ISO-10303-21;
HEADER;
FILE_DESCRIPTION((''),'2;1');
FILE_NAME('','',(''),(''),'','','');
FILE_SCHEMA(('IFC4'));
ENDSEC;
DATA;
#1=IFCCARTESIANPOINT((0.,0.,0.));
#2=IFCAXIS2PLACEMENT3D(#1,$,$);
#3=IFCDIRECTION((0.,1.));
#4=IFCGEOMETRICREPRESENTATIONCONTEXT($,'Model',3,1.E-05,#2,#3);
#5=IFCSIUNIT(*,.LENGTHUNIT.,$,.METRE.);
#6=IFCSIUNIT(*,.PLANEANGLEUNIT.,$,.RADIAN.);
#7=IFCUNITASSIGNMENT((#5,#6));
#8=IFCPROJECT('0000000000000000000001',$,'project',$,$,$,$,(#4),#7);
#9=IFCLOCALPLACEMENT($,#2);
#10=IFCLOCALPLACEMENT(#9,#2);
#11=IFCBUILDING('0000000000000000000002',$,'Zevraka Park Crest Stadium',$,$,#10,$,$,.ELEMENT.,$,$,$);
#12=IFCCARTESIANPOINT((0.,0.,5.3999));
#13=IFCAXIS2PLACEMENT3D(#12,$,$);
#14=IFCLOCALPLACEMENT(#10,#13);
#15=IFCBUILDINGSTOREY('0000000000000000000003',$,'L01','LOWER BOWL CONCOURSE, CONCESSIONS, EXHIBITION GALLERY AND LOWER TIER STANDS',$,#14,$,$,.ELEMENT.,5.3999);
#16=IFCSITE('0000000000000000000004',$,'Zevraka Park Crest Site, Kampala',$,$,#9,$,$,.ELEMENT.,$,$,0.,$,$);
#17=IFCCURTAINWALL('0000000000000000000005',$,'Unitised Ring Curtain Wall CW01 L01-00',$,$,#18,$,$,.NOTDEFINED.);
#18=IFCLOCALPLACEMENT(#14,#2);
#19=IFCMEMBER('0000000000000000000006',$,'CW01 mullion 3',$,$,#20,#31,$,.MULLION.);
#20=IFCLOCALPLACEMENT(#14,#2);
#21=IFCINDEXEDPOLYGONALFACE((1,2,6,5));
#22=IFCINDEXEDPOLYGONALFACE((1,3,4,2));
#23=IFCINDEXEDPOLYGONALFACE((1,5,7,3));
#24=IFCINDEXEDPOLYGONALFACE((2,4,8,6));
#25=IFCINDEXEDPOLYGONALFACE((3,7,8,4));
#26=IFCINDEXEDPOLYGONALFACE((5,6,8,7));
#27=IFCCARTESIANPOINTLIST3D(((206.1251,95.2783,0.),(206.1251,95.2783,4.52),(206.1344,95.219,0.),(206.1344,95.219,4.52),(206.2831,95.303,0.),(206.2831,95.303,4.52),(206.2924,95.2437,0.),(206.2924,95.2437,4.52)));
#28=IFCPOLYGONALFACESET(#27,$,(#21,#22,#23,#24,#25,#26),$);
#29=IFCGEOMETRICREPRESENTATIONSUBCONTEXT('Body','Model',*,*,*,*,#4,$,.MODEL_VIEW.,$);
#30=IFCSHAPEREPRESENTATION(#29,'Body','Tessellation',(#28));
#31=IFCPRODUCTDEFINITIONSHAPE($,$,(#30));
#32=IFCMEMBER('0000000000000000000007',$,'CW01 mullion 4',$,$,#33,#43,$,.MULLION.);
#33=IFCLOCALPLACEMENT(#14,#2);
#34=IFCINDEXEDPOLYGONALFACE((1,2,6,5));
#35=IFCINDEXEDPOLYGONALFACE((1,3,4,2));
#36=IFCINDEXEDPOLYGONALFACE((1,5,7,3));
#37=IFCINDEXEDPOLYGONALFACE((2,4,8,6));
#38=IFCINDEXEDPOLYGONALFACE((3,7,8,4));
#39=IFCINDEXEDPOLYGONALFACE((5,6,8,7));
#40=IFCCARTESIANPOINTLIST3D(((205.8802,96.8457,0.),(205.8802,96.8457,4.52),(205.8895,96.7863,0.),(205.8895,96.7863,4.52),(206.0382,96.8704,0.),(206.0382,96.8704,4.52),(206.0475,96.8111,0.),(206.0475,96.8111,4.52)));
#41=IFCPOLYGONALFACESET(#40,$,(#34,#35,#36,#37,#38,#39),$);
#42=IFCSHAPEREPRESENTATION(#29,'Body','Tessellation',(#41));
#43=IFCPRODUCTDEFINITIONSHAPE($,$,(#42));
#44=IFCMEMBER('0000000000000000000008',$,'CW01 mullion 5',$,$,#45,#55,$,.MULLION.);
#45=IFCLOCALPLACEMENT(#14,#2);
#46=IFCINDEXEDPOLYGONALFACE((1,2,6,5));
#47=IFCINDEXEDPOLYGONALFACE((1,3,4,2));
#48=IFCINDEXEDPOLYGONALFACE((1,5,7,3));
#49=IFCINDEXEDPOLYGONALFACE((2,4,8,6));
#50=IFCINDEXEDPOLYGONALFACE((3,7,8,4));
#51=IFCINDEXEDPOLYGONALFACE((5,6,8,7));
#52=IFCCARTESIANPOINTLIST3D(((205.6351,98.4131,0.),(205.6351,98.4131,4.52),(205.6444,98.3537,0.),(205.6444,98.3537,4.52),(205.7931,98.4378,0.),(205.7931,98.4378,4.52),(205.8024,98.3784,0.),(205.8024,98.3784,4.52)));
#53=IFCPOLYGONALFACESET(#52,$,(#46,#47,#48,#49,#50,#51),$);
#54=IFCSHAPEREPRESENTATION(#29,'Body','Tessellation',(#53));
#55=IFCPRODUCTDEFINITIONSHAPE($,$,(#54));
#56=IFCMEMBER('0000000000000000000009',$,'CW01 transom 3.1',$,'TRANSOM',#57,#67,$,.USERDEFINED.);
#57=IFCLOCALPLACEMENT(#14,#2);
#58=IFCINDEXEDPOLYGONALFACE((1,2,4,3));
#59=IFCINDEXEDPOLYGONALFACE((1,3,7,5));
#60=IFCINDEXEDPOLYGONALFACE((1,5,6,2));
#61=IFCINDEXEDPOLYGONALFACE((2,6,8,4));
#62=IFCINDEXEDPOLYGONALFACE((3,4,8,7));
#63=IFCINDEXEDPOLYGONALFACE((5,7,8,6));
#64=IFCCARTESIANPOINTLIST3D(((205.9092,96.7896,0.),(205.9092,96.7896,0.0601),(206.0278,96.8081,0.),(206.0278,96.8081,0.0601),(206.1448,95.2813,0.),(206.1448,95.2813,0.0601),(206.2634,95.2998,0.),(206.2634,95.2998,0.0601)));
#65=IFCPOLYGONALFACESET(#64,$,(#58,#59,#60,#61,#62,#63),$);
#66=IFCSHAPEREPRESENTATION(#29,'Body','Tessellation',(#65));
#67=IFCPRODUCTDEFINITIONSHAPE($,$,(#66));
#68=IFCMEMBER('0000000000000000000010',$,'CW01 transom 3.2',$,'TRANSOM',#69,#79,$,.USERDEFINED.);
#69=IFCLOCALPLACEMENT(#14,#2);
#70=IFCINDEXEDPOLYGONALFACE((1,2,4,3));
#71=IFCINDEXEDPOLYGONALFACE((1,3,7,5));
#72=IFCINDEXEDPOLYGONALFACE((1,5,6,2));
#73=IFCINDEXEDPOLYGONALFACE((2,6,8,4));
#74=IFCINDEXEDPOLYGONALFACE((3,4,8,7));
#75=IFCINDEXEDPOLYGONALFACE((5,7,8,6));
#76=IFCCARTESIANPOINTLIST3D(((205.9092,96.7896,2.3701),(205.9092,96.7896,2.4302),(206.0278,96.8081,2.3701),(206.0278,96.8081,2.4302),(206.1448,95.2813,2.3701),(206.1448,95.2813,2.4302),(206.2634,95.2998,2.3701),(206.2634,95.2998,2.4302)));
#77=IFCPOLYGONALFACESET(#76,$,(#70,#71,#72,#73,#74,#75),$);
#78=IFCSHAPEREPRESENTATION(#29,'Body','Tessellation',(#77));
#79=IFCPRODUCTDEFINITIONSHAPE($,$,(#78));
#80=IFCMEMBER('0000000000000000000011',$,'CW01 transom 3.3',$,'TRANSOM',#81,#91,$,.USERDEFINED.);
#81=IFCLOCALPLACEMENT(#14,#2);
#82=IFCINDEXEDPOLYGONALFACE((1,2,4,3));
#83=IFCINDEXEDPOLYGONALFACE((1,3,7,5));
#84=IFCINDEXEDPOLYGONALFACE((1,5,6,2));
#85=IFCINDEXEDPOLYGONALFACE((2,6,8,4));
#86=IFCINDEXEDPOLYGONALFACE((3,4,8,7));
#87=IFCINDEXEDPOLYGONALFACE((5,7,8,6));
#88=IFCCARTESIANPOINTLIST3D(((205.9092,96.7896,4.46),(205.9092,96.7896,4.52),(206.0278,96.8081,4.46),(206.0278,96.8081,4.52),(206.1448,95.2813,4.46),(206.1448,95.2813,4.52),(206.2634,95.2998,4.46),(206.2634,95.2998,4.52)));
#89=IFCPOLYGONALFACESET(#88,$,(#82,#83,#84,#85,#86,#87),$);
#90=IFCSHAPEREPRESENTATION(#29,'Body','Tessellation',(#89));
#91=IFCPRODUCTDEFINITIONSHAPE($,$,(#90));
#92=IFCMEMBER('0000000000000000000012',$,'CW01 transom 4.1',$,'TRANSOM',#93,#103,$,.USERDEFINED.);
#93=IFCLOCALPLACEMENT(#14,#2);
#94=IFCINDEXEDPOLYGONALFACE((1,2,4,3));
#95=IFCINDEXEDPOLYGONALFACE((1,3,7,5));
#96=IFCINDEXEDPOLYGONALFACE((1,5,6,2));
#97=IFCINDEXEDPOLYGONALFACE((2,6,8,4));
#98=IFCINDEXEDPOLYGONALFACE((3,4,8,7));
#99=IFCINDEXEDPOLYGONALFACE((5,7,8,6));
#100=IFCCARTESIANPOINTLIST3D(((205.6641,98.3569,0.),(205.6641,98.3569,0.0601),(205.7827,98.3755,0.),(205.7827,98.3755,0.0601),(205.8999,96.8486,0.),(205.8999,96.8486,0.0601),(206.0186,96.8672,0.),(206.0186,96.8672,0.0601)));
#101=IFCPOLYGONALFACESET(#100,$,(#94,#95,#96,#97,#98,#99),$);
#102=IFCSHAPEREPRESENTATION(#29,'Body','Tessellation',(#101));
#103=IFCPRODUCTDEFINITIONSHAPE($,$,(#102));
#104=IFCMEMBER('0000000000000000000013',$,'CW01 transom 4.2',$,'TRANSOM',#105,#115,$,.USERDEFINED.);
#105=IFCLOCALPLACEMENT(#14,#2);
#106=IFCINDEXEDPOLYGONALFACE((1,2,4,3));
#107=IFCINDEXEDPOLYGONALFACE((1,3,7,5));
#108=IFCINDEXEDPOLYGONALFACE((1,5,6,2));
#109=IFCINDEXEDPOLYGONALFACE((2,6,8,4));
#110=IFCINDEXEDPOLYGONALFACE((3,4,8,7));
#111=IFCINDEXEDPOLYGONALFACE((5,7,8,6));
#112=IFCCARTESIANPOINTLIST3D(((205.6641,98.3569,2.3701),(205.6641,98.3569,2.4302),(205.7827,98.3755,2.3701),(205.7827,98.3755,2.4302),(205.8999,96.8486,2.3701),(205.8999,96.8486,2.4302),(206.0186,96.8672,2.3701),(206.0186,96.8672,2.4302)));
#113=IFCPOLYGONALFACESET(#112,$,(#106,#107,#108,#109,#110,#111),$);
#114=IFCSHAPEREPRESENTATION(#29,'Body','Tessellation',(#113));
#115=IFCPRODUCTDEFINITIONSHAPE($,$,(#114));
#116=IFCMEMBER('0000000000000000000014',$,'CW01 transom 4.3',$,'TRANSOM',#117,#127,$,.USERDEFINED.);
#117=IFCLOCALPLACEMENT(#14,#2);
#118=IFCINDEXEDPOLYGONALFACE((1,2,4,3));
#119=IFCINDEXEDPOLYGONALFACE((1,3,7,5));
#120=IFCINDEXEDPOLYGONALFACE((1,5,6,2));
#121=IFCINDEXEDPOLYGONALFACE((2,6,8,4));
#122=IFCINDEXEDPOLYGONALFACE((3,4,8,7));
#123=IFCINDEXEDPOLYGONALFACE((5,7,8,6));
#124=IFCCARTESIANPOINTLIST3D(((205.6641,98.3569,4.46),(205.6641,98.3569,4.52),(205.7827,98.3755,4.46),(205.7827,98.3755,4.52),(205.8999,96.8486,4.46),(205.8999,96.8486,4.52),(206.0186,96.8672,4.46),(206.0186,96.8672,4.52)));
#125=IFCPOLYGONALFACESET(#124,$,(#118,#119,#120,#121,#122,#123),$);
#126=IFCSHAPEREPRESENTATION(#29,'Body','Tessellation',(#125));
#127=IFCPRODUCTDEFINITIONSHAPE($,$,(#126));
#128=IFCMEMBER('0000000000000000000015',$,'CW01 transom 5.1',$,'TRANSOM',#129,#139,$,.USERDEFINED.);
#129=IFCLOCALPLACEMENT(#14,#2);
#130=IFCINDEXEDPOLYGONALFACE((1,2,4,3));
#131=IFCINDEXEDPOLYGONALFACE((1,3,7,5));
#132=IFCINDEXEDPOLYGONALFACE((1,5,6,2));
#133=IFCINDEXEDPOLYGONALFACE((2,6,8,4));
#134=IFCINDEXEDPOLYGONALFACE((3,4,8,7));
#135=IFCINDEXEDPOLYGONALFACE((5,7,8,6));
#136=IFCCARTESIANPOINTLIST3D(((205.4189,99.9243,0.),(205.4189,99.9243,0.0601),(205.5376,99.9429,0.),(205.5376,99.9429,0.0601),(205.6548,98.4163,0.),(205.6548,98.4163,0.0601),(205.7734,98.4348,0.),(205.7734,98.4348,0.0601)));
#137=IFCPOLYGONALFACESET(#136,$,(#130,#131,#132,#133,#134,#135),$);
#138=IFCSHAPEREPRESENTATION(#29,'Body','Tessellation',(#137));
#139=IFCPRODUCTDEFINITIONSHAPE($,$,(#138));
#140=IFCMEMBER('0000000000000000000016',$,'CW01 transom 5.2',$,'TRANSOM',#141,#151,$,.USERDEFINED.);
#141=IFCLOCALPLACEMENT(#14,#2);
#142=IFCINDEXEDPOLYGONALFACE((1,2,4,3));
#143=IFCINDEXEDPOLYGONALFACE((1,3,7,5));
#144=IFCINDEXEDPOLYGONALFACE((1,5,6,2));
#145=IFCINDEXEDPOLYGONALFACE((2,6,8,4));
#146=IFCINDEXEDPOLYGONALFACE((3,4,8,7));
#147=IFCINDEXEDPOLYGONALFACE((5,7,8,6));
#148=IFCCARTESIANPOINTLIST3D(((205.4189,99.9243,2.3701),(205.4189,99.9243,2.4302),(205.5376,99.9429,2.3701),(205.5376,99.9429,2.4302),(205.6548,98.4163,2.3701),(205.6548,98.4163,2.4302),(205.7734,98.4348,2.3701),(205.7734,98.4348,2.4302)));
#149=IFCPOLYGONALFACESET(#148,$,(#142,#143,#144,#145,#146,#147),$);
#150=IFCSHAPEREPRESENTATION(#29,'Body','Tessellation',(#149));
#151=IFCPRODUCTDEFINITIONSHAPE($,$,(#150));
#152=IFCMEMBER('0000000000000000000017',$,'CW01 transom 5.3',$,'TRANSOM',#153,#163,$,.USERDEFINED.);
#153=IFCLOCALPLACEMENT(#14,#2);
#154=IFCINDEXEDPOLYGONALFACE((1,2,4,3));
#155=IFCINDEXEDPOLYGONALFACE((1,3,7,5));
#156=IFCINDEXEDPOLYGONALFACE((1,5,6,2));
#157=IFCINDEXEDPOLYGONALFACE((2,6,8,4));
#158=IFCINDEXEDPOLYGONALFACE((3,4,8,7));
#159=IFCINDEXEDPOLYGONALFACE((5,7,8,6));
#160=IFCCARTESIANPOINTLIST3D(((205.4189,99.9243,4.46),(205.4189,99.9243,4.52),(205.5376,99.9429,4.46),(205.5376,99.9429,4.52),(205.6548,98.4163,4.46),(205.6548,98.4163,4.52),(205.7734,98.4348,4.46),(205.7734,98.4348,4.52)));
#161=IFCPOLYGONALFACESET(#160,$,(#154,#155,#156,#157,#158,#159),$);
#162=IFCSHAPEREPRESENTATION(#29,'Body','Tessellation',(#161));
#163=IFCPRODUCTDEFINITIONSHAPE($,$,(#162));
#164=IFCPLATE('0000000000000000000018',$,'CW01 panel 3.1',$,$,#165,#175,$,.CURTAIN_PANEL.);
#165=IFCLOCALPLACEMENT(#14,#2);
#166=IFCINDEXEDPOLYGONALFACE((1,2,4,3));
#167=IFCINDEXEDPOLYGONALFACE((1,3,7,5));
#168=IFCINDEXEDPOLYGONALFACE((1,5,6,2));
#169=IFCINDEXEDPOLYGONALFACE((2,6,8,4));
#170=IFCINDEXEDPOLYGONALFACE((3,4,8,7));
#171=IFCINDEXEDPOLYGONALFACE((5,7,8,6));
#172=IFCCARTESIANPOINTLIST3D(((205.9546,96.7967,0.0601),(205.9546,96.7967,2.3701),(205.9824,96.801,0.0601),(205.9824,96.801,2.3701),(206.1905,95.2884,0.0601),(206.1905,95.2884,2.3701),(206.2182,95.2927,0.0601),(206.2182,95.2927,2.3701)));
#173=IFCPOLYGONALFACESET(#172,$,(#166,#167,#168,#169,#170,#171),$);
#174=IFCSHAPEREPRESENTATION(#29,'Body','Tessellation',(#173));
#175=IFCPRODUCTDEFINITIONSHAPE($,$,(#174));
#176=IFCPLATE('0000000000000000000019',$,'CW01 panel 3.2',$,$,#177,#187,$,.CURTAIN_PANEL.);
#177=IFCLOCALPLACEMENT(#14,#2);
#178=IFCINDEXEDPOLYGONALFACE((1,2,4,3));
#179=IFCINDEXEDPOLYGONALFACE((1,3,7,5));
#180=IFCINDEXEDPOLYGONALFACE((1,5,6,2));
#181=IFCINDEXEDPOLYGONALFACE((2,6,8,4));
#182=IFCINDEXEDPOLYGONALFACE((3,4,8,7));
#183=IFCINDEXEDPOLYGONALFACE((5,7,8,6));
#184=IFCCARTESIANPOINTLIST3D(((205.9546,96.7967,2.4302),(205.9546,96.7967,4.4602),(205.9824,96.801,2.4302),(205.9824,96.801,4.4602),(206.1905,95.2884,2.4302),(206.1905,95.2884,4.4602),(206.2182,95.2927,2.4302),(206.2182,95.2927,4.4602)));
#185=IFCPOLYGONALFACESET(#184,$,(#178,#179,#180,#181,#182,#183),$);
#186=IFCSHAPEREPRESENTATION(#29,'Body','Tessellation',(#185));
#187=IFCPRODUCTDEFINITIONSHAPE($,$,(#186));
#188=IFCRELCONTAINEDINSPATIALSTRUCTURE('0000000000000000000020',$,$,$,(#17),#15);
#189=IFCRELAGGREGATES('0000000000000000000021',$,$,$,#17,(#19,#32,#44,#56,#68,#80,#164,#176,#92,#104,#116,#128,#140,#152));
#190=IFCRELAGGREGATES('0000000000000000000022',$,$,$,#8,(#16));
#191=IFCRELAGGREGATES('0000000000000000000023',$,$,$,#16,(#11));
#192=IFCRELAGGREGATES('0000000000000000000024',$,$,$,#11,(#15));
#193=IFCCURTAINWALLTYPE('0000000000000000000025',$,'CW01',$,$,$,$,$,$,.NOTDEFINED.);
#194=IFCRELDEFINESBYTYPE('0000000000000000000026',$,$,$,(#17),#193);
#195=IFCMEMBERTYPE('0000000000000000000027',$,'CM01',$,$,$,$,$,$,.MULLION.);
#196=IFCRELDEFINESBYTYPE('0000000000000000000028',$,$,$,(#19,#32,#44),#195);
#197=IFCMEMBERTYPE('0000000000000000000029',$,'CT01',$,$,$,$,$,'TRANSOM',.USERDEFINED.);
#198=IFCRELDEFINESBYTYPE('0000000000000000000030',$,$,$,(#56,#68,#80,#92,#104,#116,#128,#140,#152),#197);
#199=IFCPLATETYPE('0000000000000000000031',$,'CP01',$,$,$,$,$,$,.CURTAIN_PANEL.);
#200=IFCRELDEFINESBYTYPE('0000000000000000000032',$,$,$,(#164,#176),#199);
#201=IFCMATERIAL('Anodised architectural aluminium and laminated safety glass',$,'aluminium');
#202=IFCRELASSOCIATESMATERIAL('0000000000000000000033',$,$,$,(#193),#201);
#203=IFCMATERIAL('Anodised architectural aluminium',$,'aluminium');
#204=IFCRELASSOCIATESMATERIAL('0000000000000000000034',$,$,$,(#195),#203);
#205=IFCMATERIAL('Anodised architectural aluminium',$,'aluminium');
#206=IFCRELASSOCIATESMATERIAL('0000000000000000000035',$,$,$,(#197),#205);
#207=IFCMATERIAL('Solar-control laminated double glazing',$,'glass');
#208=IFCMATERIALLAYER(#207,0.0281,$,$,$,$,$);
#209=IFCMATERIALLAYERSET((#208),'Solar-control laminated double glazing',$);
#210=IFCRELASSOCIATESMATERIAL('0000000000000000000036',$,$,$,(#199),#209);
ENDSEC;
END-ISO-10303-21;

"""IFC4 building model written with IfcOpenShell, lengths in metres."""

from ifc_helpers import new_model, si_unit, direction, frame, origin, origin_2d, place, context, subcontext, project, spatial, rectangle, extrude, material, layer, layer_set, material_profile, profile_set, type_object, element, aggregate, save


model = new_model("IFC4")

# Units and contexts
model_context = context("Model", 3, precision=1e-05, world=origin(), true_north=direction((0.0, 1.0)))
body_context = subcontext(model_context, "Body", "Model", "MODEL_VIEW")
ifc_project = project(units=[si_unit("LENGTHUNIT", "METRE"), si_unit("PLANEANGLEUNIT", "RADIAN")], contexts=[model_context])

# Site, building, storey
site_placement = place(None, origin())
site = spatial("IfcSite", under=ifc_project, at=site_placement, Name="Zevraka Park Crest Site, Kampala", CompositionType="ELEMENT", RefElevation=0.0)
building_placement = place(site_placement, origin())
building = spatial("IfcBuilding", under=site, at=building_placement, Name="Zevraka Park Crest Stadium", CompositionType="ELEMENT")
storey_placement = place(building_placement, frame((0.0, 0.0, 5.3999)))
storey = spatial("IfcBuildingStorey", under=building, at=storey_placement, Name="L01", Description="LOWER BOWL CONCOURSE, CONCESSIONS, EXHIBITION GALLERY AND LOWER TIER STANDS", CompositionType="ELEMENT", Elevation=5.3999)

# Curtain wall, members, plates
ifc_material_1 = material(Name="Anodised architectural aluminium and laminated safety glass", Category="aluminium")
curtain_wall_type = type_object("IfcCurtainWallType", Name="CW01", PredefinedType="NOTDEFINED", material=ifc_material_1)
curtain_wall_placement = place(storey_placement, origin())
curtain_wall = element("IfcCurtainWall", 1, at=curtain_wall_placement, inside=storey, type_object=curtain_wall_type, Name="Unitised Ring Curtain Wall CW01 L01-00", PredefinedType="NOTDEFINED")
ifc_material_2 = material(Name="Anodised architectural aluminium", Category="aluminium")
ifc_material_profile_1 = material_profile(ifc_material_2, rectangle(XDim=0.1599, YDim=0.0601, at=origin_2d()), Name="ALU MULLION 160x60")
ifc_profile_set_1 = profile_set([ifc_material_profile_1], Name="Anodised architectural aluminium")
member_type_1 = type_object("IfcMemberType", Name="CM01", PredefinedType="MULLION", material=ifc_profile_set_1)
member_1_placement = place(storey_placement, frame((206.2087, 95.261, 0.0), z_axis=(0.0, 0.0, 1.0), x_axis=(-0.987997, -0.154476, 0.0)))
member_1 = element("IfcMember", 2, at=member_1_placement, type_object=member_type_1, Name="CW01 mullion 3", PredefinedType="MULLION", context=body_context, shape_type="SweptSolid", body=[
    extrude(rectangle(XDim=0.1599, YDim=0.0601, at=origin_2d()), origin(), (0.0, 0.0, 1.0), 4.52),
])
member_2_placement = place(storey_placement, frame((205.9639, 96.8284, 0.0), z_axis=(0.0, 0.0, 1.0), x_axis=(-0.987997, -0.154476, 0.0)))
member_2 = element("IfcMember", 3, at=member_2_placement, type_object=member_type_1, Name="CW01 mullion 4", PredefinedType="MULLION", context=body_context, shape_type="SweptSolid", body=[
    extrude(rectangle(XDim=0.1599, YDim=0.0601, at=origin_2d()), origin(), (0.0, 0.0, 1.0), 4.52),
])
member_3_placement = place(storey_placement, frame((205.7188, 98.3958, 0.0), z_axis=(0.0, 0.0, 1.0), x_axis=(-0.987997, -0.154476, 0.0)))
member_3 = element("IfcMember", 4, at=member_3_placement, type_object=member_type_1, Name="CW01 mullion 5", PredefinedType="MULLION", context=body_context, shape_type="SweptSolid", body=[
    extrude(rectangle(XDim=0.1599, YDim=0.0601, at=origin_2d()), origin(), (0.0, 0.0, 1.0), 4.52),
])
ifc_material_3 = material(Name="Anodised architectural aluminium", Category="aluminium")
ifc_material_profile_2 = material_profile(ifc_material_3, rectangle(XDim=0.1201, YDim=0.0601, at=origin_2d()), Name="ALU TRANSOM 120x60")
ifc_profile_set_2 = profile_set([ifc_material_profile_2], Name="Anodised architectural aluminium")
member_type_2 = type_object("IfcMemberType", Name="CT01", ElementType="TRANSOM", PredefinedType="USERDEFINED", material=ifc_profile_set_2)
member_4_placement = place(storey_placement, frame((206.2041, 95.2905, 0.03), z_axis=(-0.154328, 0.98802, 0.0), x_axis=(-0.98802, -0.154328, 0.0)))
member_4 = element("IfcMember", 5, at=member_4_placement, type_object=member_type_2, Name="CW01 transom 3.1", ObjectType="TRANSOM", PredefinedType="USERDEFINED", context=body_context, shape_type="SweptSolid", body=[
    extrude(rectangle(XDim=0.1201, YDim=0.0601, at=origin_2d()), origin(), (0.0, 0.0, 1.0), 1.5266),
])
member_5_placement = place(storey_placement, frame((206.2041, 95.2905, 2.4001), z_axis=(-0.154328, 0.98802, 0.0), x_axis=(-0.98802, -0.154328, 0.0)))
member_5 = element("IfcMember", 6, at=member_5_placement, type_object=member_type_2, Name="CW01 transom 3.2", ObjectType="TRANSOM", PredefinedType="USERDEFINED", context=body_context, shape_type="SweptSolid", body=[
    extrude(rectangle(XDim=0.1201, YDim=0.0601, at=origin_2d()), origin(), (0.0, 0.0, 1.0), 1.5266),
])
member_6_placement = place(storey_placement, frame((206.2041, 95.2905, 4.49), z_axis=(-0.154328, 0.98802, 0.0), x_axis=(-0.98802, -0.154328, 0.0)))
member_6 = element("IfcMember", 7, at=member_6_placement, type_object=member_type_2, Name="CW01 transom 3.3", ObjectType="TRANSOM", PredefinedType="USERDEFINED", context=body_context, shape_type="SweptSolid", body=[
    extrude(rectangle(XDim=0.1201, YDim=0.0601, at=origin_2d()), origin(), (0.0, 0.0, 1.0), 1.5266),
])
member_7_placement = place(storey_placement, frame((205.9592, 96.8579, 0.03), z_axis=(-0.154484, 0.987995, 0.0), x_axis=(-0.987995, -0.154484, 0.0)))
member_7 = element("IfcMember", 8, at=member_7_placement, type_object=member_type_2, Name="CW01 transom 4.1", ObjectType="TRANSOM", PredefinedType="USERDEFINED", context=body_context, shape_type="SweptSolid", body=[
    extrude(rectangle(XDim=0.1201, YDim=0.0601, at=origin_2d()), origin(), (0.0, 0.0, 1.0), 1.5266),
])
member_8_placement = place(storey_placement, frame((205.9592, 96.8579, 2.4001), z_axis=(-0.154484, 0.987995, 0.0), x_axis=(-0.987995, -0.154484, 0.0)))
member_8 = element("IfcMember", 9, at=member_8_placement, type_object=member_type_2, Name="CW01 transom 4.2", ObjectType="TRANSOM", PredefinedType="USERDEFINED", context=body_context, shape_type="SweptSolid", body=[
    extrude(rectangle(XDim=0.1201, YDim=0.0601, at=origin_2d()), origin(), (0.0, 0.0, 1.0), 1.5266),
])
member_9_placement = place(storey_placement, frame((205.9592, 96.8579, 4.49), z_axis=(-0.154484, 0.987995, 0.0), x_axis=(-0.987995, -0.154484, 0.0)))
member_9 = element("IfcMember", 10, at=member_9_placement, type_object=member_type_2, Name="CW01 transom 4.3", ObjectType="TRANSOM", PredefinedType="USERDEFINED", context=body_context, shape_type="SweptSolid", body=[
    extrude(rectangle(XDim=0.1201, YDim=0.0601, at=origin_2d()), origin(), (0.0, 0.0, 1.0), 1.5266),
])
member_10_placement = place(storey_placement, frame((205.7141, 98.4255, 0.03), z_axis=(-0.154509, 0.987991, 0.0), x_axis=(-0.987991, -0.154509, 0.0)))
member_10 = element("IfcMember", 11, at=member_10_placement, type_object=member_type_2, Name="CW01 transom 5.1", ObjectType="TRANSOM", PredefinedType="USERDEFINED", context=body_context, shape_type="SweptSolid", body=[
    extrude(rectangle(XDim=0.1201, YDim=0.0601, at=origin_2d()), origin(), (0.0, 0.0, 1.0), 1.5264),
])
member_11_placement = place(storey_placement, frame((205.7141, 98.4255, 2.4001), z_axis=(-0.154509, 0.987991, 0.0), x_axis=(-0.987991, -0.154509, 0.0)))
member_11 = element("IfcMember", 12, at=member_11_placement, type_object=member_type_2, Name="CW01 transom 5.2", ObjectType="TRANSOM", PredefinedType="USERDEFINED", context=body_context, shape_type="SweptSolid", body=[
    extrude(rectangle(XDim=0.1201, YDim=0.0601, at=origin_2d()), origin(), (0.0, 0.0, 1.0), 1.5264),
])
member_12_placement = place(storey_placement, frame((205.7141, 98.4255, 4.49), z_axis=(-0.154509, 0.987991, 0.0), x_axis=(-0.987991, -0.154509, 0.0)))
member_12 = element("IfcMember", 13, at=member_12_placement, type_object=member_type_2, Name="CW01 transom 5.3", ObjectType="TRANSOM", PredefinedType="USERDEFINED", context=body_context, shape_type="SweptSolid", body=[
    extrude(rectangle(XDim=0.1201, YDim=0.0601, at=origin_2d()), origin(), (0.0, 0.0, 1.0), 1.5264),
])
ifc_material_4 = material(Name="Solar-control laminated double glazing", Category="glass")
ifc_layer_1 = layer(ifc_material_4, 0.0281)
ifc_layer_set_1 = layer_set([ifc_layer_1], Name="Solar-control laminated double glazing")
plate_type = type_object("IfcPlateType", Name="CP01", PredefinedType="CURTAIN_PANEL", material=ifc_layer_set_1)
plate_1_placement = place(storey_placement, frame((206.0864, 96.0447, 0.0601), z_axis=(0.0, 0.0, 1.0), x_axis=(-0.154476, 0.987997, 0.0)))
plate_1 = element("IfcPlate", 14, at=plate_1_placement, type_object=plate_type, Name="CW01 panel 3.1", PredefinedType="CURTAIN_PANEL", context=body_context, shape_type="SweptSolid", body=[
    extrude(rectangle(XDim=1.5266, YDim=0.0281, at=origin_2d()), origin(), (0.0, 0.0, 1.0), 2.3101),
])
plate_2_placement = place(storey_placement, frame((206.0864, 96.0447, 2.4302), z_axis=(0.0, 0.0, 1.0), x_axis=(-0.154476, 0.987997, 0.0)))
plate_2 = element("IfcPlate", 15, at=plate_2_placement, type_object=plate_type, Name="CW01 panel 3.2", PredefinedType="CURTAIN_PANEL", context=body_context, shape_type="SweptSolid", body=[
    extrude(rectangle(XDim=1.5266, YDim=0.0281, at=origin_2d()), origin(), (0.0, 0.0, 1.0), 2.03),
])
aggregate(curtain_wall, [member_1, member_2, member_3, member_4, member_5, member_6, plate_1, plate_2, member_7, member_8, member_9, member_10, member_11, member_12])

save(model, "model.ifc")
